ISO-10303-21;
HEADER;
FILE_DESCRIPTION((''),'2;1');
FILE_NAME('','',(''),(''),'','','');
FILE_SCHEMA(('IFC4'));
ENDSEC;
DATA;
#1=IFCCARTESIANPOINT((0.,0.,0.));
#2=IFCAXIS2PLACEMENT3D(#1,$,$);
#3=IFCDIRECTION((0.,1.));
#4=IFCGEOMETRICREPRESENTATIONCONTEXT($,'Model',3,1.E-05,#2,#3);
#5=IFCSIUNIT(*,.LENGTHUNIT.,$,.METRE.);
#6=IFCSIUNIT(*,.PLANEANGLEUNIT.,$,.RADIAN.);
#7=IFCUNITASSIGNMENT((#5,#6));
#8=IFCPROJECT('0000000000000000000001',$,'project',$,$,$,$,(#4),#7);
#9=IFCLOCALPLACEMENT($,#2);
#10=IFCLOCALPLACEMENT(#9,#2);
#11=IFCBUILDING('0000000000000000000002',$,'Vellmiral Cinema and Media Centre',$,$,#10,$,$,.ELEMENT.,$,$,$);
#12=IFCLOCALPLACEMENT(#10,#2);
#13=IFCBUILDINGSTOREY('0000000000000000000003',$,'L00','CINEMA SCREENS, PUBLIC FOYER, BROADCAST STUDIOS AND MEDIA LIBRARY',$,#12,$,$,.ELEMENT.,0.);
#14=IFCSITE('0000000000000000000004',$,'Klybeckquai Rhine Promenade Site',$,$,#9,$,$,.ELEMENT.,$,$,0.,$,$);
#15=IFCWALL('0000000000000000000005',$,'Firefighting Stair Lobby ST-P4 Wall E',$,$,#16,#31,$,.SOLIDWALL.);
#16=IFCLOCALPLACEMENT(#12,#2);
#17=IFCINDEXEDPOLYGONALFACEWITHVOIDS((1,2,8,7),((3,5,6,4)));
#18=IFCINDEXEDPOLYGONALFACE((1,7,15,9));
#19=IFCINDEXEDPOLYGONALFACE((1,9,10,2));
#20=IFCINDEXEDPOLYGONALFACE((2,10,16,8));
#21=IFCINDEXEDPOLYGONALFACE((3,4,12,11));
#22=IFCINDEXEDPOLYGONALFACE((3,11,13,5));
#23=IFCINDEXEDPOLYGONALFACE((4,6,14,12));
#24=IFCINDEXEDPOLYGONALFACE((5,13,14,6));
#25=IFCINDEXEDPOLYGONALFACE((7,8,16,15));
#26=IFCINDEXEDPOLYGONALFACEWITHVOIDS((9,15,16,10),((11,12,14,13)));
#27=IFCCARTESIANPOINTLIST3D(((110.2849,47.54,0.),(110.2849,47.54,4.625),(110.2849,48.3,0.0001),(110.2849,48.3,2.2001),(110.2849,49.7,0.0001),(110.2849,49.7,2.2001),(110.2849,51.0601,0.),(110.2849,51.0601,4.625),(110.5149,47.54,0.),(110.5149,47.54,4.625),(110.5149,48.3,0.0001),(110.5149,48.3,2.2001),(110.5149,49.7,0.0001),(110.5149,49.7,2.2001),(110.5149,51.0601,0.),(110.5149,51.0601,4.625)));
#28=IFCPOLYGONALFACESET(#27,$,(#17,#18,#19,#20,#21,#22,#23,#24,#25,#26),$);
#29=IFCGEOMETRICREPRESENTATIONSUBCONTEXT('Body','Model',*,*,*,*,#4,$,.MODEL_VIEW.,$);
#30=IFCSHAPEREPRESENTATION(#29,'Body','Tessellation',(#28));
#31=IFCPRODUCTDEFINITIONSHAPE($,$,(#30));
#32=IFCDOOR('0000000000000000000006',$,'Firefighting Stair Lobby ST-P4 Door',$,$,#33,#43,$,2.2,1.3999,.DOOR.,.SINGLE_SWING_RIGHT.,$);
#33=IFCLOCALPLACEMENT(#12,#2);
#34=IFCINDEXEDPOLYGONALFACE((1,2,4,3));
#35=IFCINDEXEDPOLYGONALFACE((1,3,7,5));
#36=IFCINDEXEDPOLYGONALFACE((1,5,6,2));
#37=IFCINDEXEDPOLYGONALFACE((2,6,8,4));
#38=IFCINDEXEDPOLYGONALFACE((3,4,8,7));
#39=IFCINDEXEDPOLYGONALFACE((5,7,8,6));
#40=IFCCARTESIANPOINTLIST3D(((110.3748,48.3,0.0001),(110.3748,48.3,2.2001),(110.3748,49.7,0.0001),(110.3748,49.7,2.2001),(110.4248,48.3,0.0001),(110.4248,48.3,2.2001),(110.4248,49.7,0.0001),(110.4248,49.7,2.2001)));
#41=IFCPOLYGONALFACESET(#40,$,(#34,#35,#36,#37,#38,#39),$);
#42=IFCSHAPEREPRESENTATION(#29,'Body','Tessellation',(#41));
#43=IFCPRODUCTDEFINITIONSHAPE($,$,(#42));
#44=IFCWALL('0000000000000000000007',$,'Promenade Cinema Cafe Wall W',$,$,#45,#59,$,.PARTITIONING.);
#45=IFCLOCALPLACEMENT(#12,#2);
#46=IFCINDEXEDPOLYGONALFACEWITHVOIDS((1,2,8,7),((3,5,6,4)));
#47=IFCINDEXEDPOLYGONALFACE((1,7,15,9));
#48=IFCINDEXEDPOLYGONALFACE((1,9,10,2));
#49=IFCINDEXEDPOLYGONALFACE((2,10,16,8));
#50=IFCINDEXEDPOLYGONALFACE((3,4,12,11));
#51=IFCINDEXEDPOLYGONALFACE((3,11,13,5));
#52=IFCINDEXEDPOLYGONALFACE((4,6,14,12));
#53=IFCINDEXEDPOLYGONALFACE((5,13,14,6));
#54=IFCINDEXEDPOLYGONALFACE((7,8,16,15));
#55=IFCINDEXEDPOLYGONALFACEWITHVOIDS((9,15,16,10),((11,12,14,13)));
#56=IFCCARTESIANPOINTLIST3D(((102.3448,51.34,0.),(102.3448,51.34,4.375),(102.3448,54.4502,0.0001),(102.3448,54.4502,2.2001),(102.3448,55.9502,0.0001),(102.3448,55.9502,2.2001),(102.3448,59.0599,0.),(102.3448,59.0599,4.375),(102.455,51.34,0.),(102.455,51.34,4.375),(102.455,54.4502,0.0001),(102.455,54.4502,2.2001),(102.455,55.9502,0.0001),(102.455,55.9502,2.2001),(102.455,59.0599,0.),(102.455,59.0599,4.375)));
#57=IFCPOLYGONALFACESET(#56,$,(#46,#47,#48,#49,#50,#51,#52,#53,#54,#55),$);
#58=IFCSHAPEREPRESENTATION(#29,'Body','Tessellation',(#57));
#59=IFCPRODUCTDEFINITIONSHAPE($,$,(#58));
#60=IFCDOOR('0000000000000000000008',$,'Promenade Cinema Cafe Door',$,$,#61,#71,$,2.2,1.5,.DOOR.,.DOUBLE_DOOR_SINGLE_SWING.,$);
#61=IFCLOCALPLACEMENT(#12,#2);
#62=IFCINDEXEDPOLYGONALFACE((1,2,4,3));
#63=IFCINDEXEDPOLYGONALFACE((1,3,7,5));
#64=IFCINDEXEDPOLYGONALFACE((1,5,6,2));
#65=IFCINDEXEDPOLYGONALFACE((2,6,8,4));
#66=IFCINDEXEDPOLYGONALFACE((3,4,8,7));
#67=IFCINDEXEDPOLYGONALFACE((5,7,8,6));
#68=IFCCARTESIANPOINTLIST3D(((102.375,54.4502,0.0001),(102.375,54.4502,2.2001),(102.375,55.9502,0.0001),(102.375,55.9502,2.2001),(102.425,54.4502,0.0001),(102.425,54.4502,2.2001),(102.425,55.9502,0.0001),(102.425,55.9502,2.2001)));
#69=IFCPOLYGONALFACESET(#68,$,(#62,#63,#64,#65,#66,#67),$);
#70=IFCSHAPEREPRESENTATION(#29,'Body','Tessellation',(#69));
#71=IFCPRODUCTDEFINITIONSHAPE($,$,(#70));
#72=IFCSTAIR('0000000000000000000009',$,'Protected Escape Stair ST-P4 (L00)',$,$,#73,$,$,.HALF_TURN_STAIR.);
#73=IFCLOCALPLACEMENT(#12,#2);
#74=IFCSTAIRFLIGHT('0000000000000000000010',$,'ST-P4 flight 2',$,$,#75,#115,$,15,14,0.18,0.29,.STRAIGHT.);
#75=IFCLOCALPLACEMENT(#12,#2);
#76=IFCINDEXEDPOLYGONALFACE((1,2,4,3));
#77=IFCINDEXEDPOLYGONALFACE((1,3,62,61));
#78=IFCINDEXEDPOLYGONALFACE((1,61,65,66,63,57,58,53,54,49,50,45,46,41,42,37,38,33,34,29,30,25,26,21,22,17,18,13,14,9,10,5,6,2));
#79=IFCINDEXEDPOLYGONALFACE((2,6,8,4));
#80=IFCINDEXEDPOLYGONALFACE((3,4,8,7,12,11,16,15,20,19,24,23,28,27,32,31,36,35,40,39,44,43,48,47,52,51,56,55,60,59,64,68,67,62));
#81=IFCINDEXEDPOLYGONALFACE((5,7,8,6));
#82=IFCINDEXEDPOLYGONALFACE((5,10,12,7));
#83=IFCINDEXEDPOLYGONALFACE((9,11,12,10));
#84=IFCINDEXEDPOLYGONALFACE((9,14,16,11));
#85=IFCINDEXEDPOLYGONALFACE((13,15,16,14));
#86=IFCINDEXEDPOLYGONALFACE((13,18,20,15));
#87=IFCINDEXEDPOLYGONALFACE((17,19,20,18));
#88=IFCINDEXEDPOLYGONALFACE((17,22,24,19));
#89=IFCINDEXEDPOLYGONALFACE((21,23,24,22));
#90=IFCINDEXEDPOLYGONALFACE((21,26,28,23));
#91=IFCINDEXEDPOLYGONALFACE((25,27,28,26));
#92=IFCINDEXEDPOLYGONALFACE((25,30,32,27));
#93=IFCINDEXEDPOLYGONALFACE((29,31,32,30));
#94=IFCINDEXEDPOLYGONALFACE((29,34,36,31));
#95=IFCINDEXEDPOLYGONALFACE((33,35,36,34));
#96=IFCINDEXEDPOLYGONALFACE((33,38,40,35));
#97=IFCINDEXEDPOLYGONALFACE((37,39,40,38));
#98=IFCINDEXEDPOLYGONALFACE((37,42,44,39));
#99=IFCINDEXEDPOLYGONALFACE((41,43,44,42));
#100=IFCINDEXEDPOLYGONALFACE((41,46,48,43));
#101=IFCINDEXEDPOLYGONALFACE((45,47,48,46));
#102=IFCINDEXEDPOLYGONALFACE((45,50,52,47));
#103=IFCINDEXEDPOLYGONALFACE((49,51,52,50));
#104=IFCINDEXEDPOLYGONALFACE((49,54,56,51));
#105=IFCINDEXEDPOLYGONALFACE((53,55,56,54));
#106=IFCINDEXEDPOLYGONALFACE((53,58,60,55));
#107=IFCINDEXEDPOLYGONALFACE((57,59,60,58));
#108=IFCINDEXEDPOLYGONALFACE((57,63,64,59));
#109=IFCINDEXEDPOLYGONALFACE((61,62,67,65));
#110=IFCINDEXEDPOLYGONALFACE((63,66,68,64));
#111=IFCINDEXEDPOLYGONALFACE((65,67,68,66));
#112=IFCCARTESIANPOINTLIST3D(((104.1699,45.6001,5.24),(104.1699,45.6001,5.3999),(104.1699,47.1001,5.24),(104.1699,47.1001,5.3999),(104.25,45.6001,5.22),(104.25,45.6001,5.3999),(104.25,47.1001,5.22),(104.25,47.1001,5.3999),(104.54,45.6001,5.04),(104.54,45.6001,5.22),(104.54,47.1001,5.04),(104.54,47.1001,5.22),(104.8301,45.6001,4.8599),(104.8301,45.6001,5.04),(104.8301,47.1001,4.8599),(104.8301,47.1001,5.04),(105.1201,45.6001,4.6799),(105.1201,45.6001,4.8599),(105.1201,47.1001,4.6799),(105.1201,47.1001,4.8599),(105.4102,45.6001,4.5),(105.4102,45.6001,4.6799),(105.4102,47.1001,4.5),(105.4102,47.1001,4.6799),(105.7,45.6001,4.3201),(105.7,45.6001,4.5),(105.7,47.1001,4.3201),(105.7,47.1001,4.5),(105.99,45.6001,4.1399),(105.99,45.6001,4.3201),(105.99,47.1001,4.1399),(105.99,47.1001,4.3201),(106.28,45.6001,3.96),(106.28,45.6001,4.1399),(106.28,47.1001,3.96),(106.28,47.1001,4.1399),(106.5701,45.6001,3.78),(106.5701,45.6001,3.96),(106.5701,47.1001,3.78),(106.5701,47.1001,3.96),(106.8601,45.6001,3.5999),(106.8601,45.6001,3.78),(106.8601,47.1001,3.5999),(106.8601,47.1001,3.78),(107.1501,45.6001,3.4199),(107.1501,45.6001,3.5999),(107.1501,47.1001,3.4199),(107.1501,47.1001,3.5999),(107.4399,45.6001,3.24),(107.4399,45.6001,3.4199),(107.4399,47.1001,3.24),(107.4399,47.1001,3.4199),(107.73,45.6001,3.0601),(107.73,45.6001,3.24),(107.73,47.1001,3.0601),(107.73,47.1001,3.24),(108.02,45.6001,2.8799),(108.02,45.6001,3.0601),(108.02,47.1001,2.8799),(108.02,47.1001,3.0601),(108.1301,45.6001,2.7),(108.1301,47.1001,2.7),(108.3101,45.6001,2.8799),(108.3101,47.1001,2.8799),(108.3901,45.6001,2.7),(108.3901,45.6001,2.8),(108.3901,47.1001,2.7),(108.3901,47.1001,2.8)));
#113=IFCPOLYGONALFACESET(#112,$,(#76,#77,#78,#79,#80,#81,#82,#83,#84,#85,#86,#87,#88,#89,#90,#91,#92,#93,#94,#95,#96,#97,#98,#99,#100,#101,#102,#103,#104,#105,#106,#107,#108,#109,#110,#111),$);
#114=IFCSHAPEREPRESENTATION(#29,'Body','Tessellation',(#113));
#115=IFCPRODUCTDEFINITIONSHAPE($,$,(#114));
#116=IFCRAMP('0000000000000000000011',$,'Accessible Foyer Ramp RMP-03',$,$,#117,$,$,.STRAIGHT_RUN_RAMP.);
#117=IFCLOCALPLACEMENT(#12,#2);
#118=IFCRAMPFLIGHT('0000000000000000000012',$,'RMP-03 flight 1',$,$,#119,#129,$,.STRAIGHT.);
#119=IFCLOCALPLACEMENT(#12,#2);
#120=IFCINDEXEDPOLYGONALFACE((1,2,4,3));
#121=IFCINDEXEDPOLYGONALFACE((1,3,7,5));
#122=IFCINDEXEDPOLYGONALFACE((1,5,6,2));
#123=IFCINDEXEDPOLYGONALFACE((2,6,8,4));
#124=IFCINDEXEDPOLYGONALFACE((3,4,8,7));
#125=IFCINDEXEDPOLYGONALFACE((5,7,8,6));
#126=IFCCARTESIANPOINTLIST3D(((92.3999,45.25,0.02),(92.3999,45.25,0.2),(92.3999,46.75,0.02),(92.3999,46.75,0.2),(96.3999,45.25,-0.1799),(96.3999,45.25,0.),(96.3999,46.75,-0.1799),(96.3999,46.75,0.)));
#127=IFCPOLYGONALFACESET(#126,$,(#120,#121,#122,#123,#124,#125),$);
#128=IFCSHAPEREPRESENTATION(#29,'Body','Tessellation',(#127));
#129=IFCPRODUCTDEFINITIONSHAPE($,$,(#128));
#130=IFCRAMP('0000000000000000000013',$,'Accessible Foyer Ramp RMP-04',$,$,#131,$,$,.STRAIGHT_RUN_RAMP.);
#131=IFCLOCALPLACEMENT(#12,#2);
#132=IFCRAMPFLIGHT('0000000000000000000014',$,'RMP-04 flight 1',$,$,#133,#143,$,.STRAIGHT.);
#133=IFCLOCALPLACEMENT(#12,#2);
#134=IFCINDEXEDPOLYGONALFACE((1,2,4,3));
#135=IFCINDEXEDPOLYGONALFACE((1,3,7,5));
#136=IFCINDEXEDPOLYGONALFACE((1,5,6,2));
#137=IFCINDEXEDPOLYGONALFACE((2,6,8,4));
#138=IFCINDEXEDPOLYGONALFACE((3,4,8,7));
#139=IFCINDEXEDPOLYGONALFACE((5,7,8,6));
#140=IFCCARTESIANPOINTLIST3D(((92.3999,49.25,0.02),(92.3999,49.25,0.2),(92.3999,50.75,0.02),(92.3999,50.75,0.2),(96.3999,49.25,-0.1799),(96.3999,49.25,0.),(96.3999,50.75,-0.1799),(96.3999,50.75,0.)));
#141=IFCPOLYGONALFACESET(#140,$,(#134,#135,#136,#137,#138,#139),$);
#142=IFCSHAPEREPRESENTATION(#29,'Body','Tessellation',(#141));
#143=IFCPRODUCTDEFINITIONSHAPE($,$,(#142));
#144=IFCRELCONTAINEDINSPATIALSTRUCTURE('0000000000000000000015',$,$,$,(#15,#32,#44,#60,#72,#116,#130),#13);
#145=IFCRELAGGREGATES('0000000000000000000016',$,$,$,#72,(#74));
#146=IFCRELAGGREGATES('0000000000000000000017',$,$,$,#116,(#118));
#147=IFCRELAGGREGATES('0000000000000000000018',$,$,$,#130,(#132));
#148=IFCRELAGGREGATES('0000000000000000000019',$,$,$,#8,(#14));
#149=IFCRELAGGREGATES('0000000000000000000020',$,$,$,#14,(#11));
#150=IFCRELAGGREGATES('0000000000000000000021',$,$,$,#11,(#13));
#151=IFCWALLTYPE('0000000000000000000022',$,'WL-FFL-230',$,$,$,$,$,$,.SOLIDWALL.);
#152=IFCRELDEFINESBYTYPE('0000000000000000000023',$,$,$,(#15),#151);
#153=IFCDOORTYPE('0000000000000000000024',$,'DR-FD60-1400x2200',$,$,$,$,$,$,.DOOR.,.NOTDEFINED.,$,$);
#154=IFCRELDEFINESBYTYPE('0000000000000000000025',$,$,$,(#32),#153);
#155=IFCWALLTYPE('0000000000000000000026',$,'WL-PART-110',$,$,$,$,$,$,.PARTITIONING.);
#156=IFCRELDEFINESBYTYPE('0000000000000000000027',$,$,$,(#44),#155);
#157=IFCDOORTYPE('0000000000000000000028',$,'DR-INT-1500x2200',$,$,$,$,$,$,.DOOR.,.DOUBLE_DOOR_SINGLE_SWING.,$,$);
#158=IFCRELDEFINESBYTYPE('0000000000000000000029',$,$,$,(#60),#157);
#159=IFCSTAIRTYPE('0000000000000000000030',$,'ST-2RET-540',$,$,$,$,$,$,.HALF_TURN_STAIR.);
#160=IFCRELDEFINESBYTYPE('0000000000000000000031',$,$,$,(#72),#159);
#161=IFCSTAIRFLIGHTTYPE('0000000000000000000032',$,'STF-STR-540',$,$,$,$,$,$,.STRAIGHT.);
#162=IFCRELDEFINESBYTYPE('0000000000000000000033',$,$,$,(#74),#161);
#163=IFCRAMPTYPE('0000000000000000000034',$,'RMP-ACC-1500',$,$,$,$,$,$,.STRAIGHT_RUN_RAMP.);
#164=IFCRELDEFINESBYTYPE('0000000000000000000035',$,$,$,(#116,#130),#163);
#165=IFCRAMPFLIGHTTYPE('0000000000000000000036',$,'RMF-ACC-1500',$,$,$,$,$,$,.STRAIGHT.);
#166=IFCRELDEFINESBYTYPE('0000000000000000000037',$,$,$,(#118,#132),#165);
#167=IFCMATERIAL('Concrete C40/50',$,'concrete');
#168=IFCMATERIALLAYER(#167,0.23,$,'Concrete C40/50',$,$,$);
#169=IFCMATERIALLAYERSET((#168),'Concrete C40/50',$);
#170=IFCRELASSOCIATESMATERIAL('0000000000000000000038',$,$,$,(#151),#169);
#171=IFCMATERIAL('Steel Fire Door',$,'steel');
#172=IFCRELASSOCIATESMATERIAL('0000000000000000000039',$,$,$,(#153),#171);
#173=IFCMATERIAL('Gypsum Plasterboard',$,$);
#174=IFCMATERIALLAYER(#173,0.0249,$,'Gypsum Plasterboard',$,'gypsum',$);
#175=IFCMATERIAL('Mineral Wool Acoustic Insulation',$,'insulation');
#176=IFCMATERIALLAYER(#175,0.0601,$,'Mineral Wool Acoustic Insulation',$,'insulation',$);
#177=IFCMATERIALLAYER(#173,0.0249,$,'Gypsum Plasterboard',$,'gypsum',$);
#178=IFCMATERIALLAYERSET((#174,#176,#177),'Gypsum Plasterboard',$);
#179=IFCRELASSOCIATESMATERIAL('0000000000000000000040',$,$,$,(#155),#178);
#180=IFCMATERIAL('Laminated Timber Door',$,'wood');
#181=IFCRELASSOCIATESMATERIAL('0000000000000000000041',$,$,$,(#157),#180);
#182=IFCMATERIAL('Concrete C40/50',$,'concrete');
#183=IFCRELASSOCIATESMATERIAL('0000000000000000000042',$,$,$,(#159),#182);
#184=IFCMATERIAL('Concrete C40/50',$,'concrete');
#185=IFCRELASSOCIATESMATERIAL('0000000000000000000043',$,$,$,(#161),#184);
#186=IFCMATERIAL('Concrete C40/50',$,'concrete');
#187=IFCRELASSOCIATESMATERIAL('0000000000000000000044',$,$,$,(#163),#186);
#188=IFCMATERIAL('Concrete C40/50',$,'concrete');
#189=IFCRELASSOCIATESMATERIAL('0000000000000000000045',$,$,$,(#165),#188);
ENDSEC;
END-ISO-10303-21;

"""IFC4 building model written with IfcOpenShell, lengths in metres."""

from ifc_helpers import new_model, si_unit, direction, frame, frame_2d, origin, place, context, subcontext, project, spatial, polyline, rectangle, outline, extrude, material, layer, layer_set, type_object, element, fill, aggregate, save


model = new_model("IFC4")

# Units and contexts
model_context = context("Model", 3, precision=1e-05, world=origin(), true_north=direction((0.0, 1.0)))
body_context = subcontext(model_context, "Body", "Model", "MODEL_VIEW")
ifc_project = project(units=[si_unit("LENGTHUNIT", "METRE"), si_unit("PLANEANGLEUNIT", "RADIAN")], contexts=[model_context])

# Site, building, storey
site_placement = place(None, origin())
site = spatial("IfcSite", under=ifc_project, at=site_placement, Name="Klybeckquai Rhine Promenade Site", CompositionType="ELEMENT", RefElevation=0.0)
building_placement = place(site_placement, origin())
building = spatial("IfcBuilding", under=site, at=building_placement, Name="Vellmiral Cinema and Media Centre", CompositionType="ELEMENT")
storey_placement = place(building_placement, origin())
storey = spatial("IfcBuildingStorey", under=building, at=storey_placement, Name="L00", Description="CINEMA SCREENS, PUBLIC FOYER, BROADCAST STUDIOS AND MEDIA LIBRARY", CompositionType="ELEMENT", Elevation=0.0)

# Shared definitions
ifc_material_1 = material(Name="Concrete C40/50", Category="concrete")
ifc_layer_1 = layer(ifc_material_1, 0.23, Name="Concrete C40/50")
ifc_layer_set_1 = layer_set([ifc_layer_1], Name="Concrete C40/50")
wall_type_1 = type_object("IfcWallType", Name="WL-FFL-230", PredefinedType="SOLIDWALL", material=ifc_layer_set_1)
ifc_material_2 = material(Name="Steel Fire Door", Category="steel")
door_type_1 = type_object("IfcDoorType", Name="DR-FD60-1400x2200", OperationType="NOTDEFINED", PredefinedType="DOOR", material=ifc_material_2)

# Walls, openings, doors
wall_1_placement = place(storey_placement, frame((110.3999, 47.54, 0.0), z_axis=(0.0, 0.0, 1.0), x_axis=(0.0, 1.0, 0.0)))
wall_1 = element("IfcWall", 1, at=wall_1_placement, inside=storey, type_object=wall_type_1, Name="Firefighting Stair Lobby ST-P4 Wall E", PredefinedType="SOLIDWALL", context=body_context, shape_type="SweptSolid", body=[
    extrude(rectangle(XDim=3.52, YDim=0.23, at=frame_2d((1.76, 0.0))), origin(), (0.0, 0.0, 1.0), 4.625),
])
opening_1_placement = place(wall_1_placement, frame((0.76, 0.0, 0.0)))
opening_1 = element("IfcOpeningElement", 2, at=opening_1_placement, cuts=wall_1, PredefinedType="OPENING", context=body_context, shape_type="SweptSolid", body=[
    extrude(rectangle(XDim=1.3999, YDim=2.2, at=frame_2d((0.7, 1.1001))), frame((0.0, 0.127, 0.0), z_axis=(0.0, -1.0, 0.0), x_axis=(1.0, 0.0, 0.0)), (0.0, 0.0, 1.0), 0.2539),
])
door_1_placement = place(opening_1_placement, frame((1.3999, 0.0, 0.0), z_axis=(0.0, 0.0, 1.0), x_axis=(-1.0, 0.0, 0.0)))
door_1 = element("IfcDoor", 3, at=door_1_placement, inside=storey, type_object=door_type_1, Name="Firefighting Stair Lobby ST-P4 Door", OperationType="SINGLE_SWING_RIGHT", OverallHeight=2.2, OverallWidth=1.3999, PredefinedType="DOOR", context=body_context, shape_type="SweptSolid", body=[
    extrude(rectangle(XDim=1.3999, YDim=2.2, at=frame_2d((0.7, 1.1001))), frame((0.0, 0.0249, 0.0), z_axis=(0.0, -1.0, 0.0), x_axis=(1.0, 0.0, 0.0)), (0.0, 0.0, 1.0), 0.05),
])
fill(opening_1, door_1)
ifc_material_3 = material(Name="Gypsum Plasterboard")
ifc_layer_2 = layer(ifc_material_3, 0.0249, Name="Gypsum Plasterboard", Category="gypsum")
ifc_material_4 = material(Name="Mineral Wool Acoustic Insulation", Category="insulation")
ifc_layer_3 = layer(ifc_material_4, 0.0601, Name="Mineral Wool Acoustic Insulation", Category="insulation")
ifc_layer_4 = layer(ifc_material_3, 0.0249, Name="Gypsum Plasterboard", Category="gypsum")
ifc_layer_set_2 = layer_set([ifc_layer_2, ifc_layer_3, ifc_layer_4], Name="Gypsum Plasterboard")
wall_type_2 = type_object("IfcWallType", Name="WL-PART-110", PredefinedType="PARTITIONING", material=ifc_layer_set_2)
wall_2_placement = place(storey_placement, frame((102.3999, 51.3401, 0.0), z_axis=(0.0, 0.0, 1.0), x_axis=(0.0, 1.0, 0.0)))
wall_2 = element("IfcWall", 4, at=wall_2_placement, inside=storey, type_object=wall_type_2, Name="Promenade Cinema Cafe Wall W", PredefinedType="PARTITIONING", context=body_context, shape_type="SweptSolid", body=[
    extrude(rectangle(XDim=7.72, YDim=0.1101, at=frame_2d((3.8599, 0.0))), origin(), (0.0, 0.0, 1.0), 4.375),
])
opening_2_placement = place(wall_2_placement, frame((3.1101, 0.0, 0.0)))
opening_2 = element("IfcOpeningElement", 5, at=opening_2_placement, cuts=wall_2, PredefinedType="OPENING", context=body_context, shape_type="SweptSolid", body=[
    extrude(rectangle(XDim=1.5, YDim=2.2, at=frame_2d((0.75, 1.1001))), frame((0.0, 0.0669, 0.0), z_axis=(0.0, -1.0, 0.0), x_axis=(1.0, 0.0, 0.0)), (0.0, 0.0, 1.0), 0.134),
])
ifc_material_5 = material(Name="Laminated Timber Door", Category="wood")
door_type_2 = type_object("IfcDoorType", Name="DR-INT-1500x2200", OperationType="DOUBLE_DOOR_SINGLE_SWING", PredefinedType="DOOR", material=ifc_material_5)
door_2_placement = place(opening_2_placement, origin())
door_2 = element("IfcDoor", 6, at=door_2_placement, inside=storey, type_object=door_type_2, Name="Promenade Cinema Cafe Door", OperationType="DOUBLE_DOOR_SINGLE_SWING", OverallHeight=2.2, OverallWidth=1.5, PredefinedType="DOOR", context=body_context, shape_type="SweptSolid", body=[
    extrude(rectangle(XDim=1.5, YDim=2.2, at=frame_2d((0.75, 1.1001))), frame((0.0, 0.0249, 0.0), z_axis=(0.0, -1.0, 0.0), x_axis=(1.0, 0.0, 0.0)), (0.0, 0.0, 1.0), 0.05),
])
fill(opening_2, door_2)

# Stair, stair flight
ifc_material_6 = material(Name="Concrete C40/50", Category="concrete")
stair_type = type_object("IfcStairType", Name="ST-2RET-540", PredefinedType="HALF_TURN_STAIR", material=ifc_material_6)
stair_placement = place(storey_placement, origin())
stair = element("IfcStair", 7, at=stair_placement, inside=storey, type_object=stair_type, Name="Protected Escape Stair ST-P4 (L00)", PredefinedType="HALF_TURN_STAIR")
ifc_material_7 = material(Name="Concrete C40/50", Category="concrete")
stair_flight_type = type_object("IfcStairFlightType", Name="STF-STR-540", PredefinedType="STRAIGHT", material=ifc_material_7)
stair_flight_placement = place(storey_placement, frame((108.3101, 46.3501, 2.7), z_axis=(0.0, 0.0, 1.0), x_axis=(-1.0, 0.0, 0.0)))
stair_flight = element("IfcStairFlight", 8, at=stair_flight_placement, type_object=stair_flight_type, Name="ST-P4 flight 2", NumberOfRisers=15, NumberOfTreads=14, PredefinedType="STRAIGHT", RiserHeight=0.18, TreadLength=0.29, context=body_context, shape_type="SweptSolid", body=[
    extrude(outline(polyline([(-0.0801, 0.0), (-0.0801, 0.1001), (0.0, 0.1799), (0.29, 0.1799), (0.29, 0.3601), (0.5801, 0.3601), (0.5801, 0.54), (0.8701, 0.54), (0.8701, 0.72), (1.1599, 0.72), (1.1599, 0.8999), (1.45, 0.8999), (1.45, 1.0801), (1.74, 1.0801), (1.74, 1.26), (2.03, 1.26), (2.03, 1.4399), (2.3201, 1.4399), (2.3201, 1.6201), (2.6101, 1.6201), (2.6101, 1.8), (2.8999, 1.8), (2.8999, 1.98), (3.1899, 1.98), (3.1899, 2.1599), (3.48, 2.1599), (3.48, 2.3401), (3.77, 2.3401), (3.77, 2.52), (4.0601, 2.52), (4.0601, 2.7), (4.1401, 2.7), (4.1401, 2.54), (0.1799, 0.0), (-0.0801, 0.0)])), frame((0.0, 0.75, 0.0), z_axis=(0.0, -1.0, 0.0), x_axis=(1.0, 0.0, 0.0)), (0.0, 0.0, 1.0), 1.5),
])
aggregate(stair, [stair_flight])

# Ramps, ramp flights
ifc_material_8 = material(Name="Concrete C40/50", Category="concrete")
ramp_type = type_object("IfcRampType", Name="RMP-ACC-1500", PredefinedType="STRAIGHT_RUN_RAMP", material=ifc_material_8)
ramp_1_placement = place(storey_placement, origin())
ramp_1 = element("IfcRamp", 9, at=ramp_1_placement, inside=storey, type_object=ramp_type, Name="Accessible Foyer Ramp RMP-03", PredefinedType="STRAIGHT_RUN_RAMP")
ifc_material_9 = material(Name="Concrete C40/50", Category="concrete")
ramp_flight_type = type_object("IfcRampFlightType", Name="RMF-ACC-1500", PredefinedType="STRAIGHT", material=ifc_material_9)
ramp_flight_1_placement = place(storey_placement, frame((96.3999, 46.0, 0.0), z_axis=(0.0, 0.0, 1.0), x_axis=(-1.0, 0.0, 0.0)))
ramp_flight_1 = element("IfcRampFlight", 10, at=ramp_flight_1_placement, type_object=ramp_flight_type, Name="RMP-03 flight 1", PredefinedType="STRAIGHT", context=body_context, shape_type="SweptSolid", body=[
    extrude(outline(polyline([(0.0, -0.1799), (0.0, 0.0), (4.0, 0.2), (4.0, 0.02), (0.0, -0.1799)])), frame((0.0, 0.75, 0.0), z_axis=(0.0, -1.0, 0.0), x_axis=(1.0, 0.0, 0.0)), (0.0, 0.0, 1.0), 1.5),
])
aggregate(ramp_1, [ramp_flight_1])
ramp_2_placement = place(storey_placement, origin())
ramp_2 = element("IfcRamp", 11, at=ramp_2_placement, inside=storey, type_object=ramp_type, Name="Accessible Foyer Ramp RMP-04", PredefinedType="STRAIGHT_RUN_RAMP")
ramp_flight_2_placement = place(storey_placement, frame((96.3999, 50.0, 0.0), z_axis=(0.0, 0.0, 1.0), x_axis=(-1.0, 0.0, 0.0)))
ramp_flight_2 = element("IfcRampFlight", 12, at=ramp_flight_2_placement, type_object=ramp_flight_type, Name="RMP-04 flight 1", PredefinedType="STRAIGHT", context=body_context, shape_type="SweptSolid", body=[
    extrude(outline(polyline([(0.0, -0.1799), (0.0, 0.0), (4.0, 0.2), (4.0, 0.02), (0.0, -0.1799)])), frame((0.0, 0.75, 0.0), z_axis=(0.0, -1.0, 0.0), x_axis=(1.0, 0.0, 0.0)), (0.0, 0.0, 1.0), 1.5),
])
aggregate(ramp_2, [ramp_flight_2])

save(model, "model.ifc")
